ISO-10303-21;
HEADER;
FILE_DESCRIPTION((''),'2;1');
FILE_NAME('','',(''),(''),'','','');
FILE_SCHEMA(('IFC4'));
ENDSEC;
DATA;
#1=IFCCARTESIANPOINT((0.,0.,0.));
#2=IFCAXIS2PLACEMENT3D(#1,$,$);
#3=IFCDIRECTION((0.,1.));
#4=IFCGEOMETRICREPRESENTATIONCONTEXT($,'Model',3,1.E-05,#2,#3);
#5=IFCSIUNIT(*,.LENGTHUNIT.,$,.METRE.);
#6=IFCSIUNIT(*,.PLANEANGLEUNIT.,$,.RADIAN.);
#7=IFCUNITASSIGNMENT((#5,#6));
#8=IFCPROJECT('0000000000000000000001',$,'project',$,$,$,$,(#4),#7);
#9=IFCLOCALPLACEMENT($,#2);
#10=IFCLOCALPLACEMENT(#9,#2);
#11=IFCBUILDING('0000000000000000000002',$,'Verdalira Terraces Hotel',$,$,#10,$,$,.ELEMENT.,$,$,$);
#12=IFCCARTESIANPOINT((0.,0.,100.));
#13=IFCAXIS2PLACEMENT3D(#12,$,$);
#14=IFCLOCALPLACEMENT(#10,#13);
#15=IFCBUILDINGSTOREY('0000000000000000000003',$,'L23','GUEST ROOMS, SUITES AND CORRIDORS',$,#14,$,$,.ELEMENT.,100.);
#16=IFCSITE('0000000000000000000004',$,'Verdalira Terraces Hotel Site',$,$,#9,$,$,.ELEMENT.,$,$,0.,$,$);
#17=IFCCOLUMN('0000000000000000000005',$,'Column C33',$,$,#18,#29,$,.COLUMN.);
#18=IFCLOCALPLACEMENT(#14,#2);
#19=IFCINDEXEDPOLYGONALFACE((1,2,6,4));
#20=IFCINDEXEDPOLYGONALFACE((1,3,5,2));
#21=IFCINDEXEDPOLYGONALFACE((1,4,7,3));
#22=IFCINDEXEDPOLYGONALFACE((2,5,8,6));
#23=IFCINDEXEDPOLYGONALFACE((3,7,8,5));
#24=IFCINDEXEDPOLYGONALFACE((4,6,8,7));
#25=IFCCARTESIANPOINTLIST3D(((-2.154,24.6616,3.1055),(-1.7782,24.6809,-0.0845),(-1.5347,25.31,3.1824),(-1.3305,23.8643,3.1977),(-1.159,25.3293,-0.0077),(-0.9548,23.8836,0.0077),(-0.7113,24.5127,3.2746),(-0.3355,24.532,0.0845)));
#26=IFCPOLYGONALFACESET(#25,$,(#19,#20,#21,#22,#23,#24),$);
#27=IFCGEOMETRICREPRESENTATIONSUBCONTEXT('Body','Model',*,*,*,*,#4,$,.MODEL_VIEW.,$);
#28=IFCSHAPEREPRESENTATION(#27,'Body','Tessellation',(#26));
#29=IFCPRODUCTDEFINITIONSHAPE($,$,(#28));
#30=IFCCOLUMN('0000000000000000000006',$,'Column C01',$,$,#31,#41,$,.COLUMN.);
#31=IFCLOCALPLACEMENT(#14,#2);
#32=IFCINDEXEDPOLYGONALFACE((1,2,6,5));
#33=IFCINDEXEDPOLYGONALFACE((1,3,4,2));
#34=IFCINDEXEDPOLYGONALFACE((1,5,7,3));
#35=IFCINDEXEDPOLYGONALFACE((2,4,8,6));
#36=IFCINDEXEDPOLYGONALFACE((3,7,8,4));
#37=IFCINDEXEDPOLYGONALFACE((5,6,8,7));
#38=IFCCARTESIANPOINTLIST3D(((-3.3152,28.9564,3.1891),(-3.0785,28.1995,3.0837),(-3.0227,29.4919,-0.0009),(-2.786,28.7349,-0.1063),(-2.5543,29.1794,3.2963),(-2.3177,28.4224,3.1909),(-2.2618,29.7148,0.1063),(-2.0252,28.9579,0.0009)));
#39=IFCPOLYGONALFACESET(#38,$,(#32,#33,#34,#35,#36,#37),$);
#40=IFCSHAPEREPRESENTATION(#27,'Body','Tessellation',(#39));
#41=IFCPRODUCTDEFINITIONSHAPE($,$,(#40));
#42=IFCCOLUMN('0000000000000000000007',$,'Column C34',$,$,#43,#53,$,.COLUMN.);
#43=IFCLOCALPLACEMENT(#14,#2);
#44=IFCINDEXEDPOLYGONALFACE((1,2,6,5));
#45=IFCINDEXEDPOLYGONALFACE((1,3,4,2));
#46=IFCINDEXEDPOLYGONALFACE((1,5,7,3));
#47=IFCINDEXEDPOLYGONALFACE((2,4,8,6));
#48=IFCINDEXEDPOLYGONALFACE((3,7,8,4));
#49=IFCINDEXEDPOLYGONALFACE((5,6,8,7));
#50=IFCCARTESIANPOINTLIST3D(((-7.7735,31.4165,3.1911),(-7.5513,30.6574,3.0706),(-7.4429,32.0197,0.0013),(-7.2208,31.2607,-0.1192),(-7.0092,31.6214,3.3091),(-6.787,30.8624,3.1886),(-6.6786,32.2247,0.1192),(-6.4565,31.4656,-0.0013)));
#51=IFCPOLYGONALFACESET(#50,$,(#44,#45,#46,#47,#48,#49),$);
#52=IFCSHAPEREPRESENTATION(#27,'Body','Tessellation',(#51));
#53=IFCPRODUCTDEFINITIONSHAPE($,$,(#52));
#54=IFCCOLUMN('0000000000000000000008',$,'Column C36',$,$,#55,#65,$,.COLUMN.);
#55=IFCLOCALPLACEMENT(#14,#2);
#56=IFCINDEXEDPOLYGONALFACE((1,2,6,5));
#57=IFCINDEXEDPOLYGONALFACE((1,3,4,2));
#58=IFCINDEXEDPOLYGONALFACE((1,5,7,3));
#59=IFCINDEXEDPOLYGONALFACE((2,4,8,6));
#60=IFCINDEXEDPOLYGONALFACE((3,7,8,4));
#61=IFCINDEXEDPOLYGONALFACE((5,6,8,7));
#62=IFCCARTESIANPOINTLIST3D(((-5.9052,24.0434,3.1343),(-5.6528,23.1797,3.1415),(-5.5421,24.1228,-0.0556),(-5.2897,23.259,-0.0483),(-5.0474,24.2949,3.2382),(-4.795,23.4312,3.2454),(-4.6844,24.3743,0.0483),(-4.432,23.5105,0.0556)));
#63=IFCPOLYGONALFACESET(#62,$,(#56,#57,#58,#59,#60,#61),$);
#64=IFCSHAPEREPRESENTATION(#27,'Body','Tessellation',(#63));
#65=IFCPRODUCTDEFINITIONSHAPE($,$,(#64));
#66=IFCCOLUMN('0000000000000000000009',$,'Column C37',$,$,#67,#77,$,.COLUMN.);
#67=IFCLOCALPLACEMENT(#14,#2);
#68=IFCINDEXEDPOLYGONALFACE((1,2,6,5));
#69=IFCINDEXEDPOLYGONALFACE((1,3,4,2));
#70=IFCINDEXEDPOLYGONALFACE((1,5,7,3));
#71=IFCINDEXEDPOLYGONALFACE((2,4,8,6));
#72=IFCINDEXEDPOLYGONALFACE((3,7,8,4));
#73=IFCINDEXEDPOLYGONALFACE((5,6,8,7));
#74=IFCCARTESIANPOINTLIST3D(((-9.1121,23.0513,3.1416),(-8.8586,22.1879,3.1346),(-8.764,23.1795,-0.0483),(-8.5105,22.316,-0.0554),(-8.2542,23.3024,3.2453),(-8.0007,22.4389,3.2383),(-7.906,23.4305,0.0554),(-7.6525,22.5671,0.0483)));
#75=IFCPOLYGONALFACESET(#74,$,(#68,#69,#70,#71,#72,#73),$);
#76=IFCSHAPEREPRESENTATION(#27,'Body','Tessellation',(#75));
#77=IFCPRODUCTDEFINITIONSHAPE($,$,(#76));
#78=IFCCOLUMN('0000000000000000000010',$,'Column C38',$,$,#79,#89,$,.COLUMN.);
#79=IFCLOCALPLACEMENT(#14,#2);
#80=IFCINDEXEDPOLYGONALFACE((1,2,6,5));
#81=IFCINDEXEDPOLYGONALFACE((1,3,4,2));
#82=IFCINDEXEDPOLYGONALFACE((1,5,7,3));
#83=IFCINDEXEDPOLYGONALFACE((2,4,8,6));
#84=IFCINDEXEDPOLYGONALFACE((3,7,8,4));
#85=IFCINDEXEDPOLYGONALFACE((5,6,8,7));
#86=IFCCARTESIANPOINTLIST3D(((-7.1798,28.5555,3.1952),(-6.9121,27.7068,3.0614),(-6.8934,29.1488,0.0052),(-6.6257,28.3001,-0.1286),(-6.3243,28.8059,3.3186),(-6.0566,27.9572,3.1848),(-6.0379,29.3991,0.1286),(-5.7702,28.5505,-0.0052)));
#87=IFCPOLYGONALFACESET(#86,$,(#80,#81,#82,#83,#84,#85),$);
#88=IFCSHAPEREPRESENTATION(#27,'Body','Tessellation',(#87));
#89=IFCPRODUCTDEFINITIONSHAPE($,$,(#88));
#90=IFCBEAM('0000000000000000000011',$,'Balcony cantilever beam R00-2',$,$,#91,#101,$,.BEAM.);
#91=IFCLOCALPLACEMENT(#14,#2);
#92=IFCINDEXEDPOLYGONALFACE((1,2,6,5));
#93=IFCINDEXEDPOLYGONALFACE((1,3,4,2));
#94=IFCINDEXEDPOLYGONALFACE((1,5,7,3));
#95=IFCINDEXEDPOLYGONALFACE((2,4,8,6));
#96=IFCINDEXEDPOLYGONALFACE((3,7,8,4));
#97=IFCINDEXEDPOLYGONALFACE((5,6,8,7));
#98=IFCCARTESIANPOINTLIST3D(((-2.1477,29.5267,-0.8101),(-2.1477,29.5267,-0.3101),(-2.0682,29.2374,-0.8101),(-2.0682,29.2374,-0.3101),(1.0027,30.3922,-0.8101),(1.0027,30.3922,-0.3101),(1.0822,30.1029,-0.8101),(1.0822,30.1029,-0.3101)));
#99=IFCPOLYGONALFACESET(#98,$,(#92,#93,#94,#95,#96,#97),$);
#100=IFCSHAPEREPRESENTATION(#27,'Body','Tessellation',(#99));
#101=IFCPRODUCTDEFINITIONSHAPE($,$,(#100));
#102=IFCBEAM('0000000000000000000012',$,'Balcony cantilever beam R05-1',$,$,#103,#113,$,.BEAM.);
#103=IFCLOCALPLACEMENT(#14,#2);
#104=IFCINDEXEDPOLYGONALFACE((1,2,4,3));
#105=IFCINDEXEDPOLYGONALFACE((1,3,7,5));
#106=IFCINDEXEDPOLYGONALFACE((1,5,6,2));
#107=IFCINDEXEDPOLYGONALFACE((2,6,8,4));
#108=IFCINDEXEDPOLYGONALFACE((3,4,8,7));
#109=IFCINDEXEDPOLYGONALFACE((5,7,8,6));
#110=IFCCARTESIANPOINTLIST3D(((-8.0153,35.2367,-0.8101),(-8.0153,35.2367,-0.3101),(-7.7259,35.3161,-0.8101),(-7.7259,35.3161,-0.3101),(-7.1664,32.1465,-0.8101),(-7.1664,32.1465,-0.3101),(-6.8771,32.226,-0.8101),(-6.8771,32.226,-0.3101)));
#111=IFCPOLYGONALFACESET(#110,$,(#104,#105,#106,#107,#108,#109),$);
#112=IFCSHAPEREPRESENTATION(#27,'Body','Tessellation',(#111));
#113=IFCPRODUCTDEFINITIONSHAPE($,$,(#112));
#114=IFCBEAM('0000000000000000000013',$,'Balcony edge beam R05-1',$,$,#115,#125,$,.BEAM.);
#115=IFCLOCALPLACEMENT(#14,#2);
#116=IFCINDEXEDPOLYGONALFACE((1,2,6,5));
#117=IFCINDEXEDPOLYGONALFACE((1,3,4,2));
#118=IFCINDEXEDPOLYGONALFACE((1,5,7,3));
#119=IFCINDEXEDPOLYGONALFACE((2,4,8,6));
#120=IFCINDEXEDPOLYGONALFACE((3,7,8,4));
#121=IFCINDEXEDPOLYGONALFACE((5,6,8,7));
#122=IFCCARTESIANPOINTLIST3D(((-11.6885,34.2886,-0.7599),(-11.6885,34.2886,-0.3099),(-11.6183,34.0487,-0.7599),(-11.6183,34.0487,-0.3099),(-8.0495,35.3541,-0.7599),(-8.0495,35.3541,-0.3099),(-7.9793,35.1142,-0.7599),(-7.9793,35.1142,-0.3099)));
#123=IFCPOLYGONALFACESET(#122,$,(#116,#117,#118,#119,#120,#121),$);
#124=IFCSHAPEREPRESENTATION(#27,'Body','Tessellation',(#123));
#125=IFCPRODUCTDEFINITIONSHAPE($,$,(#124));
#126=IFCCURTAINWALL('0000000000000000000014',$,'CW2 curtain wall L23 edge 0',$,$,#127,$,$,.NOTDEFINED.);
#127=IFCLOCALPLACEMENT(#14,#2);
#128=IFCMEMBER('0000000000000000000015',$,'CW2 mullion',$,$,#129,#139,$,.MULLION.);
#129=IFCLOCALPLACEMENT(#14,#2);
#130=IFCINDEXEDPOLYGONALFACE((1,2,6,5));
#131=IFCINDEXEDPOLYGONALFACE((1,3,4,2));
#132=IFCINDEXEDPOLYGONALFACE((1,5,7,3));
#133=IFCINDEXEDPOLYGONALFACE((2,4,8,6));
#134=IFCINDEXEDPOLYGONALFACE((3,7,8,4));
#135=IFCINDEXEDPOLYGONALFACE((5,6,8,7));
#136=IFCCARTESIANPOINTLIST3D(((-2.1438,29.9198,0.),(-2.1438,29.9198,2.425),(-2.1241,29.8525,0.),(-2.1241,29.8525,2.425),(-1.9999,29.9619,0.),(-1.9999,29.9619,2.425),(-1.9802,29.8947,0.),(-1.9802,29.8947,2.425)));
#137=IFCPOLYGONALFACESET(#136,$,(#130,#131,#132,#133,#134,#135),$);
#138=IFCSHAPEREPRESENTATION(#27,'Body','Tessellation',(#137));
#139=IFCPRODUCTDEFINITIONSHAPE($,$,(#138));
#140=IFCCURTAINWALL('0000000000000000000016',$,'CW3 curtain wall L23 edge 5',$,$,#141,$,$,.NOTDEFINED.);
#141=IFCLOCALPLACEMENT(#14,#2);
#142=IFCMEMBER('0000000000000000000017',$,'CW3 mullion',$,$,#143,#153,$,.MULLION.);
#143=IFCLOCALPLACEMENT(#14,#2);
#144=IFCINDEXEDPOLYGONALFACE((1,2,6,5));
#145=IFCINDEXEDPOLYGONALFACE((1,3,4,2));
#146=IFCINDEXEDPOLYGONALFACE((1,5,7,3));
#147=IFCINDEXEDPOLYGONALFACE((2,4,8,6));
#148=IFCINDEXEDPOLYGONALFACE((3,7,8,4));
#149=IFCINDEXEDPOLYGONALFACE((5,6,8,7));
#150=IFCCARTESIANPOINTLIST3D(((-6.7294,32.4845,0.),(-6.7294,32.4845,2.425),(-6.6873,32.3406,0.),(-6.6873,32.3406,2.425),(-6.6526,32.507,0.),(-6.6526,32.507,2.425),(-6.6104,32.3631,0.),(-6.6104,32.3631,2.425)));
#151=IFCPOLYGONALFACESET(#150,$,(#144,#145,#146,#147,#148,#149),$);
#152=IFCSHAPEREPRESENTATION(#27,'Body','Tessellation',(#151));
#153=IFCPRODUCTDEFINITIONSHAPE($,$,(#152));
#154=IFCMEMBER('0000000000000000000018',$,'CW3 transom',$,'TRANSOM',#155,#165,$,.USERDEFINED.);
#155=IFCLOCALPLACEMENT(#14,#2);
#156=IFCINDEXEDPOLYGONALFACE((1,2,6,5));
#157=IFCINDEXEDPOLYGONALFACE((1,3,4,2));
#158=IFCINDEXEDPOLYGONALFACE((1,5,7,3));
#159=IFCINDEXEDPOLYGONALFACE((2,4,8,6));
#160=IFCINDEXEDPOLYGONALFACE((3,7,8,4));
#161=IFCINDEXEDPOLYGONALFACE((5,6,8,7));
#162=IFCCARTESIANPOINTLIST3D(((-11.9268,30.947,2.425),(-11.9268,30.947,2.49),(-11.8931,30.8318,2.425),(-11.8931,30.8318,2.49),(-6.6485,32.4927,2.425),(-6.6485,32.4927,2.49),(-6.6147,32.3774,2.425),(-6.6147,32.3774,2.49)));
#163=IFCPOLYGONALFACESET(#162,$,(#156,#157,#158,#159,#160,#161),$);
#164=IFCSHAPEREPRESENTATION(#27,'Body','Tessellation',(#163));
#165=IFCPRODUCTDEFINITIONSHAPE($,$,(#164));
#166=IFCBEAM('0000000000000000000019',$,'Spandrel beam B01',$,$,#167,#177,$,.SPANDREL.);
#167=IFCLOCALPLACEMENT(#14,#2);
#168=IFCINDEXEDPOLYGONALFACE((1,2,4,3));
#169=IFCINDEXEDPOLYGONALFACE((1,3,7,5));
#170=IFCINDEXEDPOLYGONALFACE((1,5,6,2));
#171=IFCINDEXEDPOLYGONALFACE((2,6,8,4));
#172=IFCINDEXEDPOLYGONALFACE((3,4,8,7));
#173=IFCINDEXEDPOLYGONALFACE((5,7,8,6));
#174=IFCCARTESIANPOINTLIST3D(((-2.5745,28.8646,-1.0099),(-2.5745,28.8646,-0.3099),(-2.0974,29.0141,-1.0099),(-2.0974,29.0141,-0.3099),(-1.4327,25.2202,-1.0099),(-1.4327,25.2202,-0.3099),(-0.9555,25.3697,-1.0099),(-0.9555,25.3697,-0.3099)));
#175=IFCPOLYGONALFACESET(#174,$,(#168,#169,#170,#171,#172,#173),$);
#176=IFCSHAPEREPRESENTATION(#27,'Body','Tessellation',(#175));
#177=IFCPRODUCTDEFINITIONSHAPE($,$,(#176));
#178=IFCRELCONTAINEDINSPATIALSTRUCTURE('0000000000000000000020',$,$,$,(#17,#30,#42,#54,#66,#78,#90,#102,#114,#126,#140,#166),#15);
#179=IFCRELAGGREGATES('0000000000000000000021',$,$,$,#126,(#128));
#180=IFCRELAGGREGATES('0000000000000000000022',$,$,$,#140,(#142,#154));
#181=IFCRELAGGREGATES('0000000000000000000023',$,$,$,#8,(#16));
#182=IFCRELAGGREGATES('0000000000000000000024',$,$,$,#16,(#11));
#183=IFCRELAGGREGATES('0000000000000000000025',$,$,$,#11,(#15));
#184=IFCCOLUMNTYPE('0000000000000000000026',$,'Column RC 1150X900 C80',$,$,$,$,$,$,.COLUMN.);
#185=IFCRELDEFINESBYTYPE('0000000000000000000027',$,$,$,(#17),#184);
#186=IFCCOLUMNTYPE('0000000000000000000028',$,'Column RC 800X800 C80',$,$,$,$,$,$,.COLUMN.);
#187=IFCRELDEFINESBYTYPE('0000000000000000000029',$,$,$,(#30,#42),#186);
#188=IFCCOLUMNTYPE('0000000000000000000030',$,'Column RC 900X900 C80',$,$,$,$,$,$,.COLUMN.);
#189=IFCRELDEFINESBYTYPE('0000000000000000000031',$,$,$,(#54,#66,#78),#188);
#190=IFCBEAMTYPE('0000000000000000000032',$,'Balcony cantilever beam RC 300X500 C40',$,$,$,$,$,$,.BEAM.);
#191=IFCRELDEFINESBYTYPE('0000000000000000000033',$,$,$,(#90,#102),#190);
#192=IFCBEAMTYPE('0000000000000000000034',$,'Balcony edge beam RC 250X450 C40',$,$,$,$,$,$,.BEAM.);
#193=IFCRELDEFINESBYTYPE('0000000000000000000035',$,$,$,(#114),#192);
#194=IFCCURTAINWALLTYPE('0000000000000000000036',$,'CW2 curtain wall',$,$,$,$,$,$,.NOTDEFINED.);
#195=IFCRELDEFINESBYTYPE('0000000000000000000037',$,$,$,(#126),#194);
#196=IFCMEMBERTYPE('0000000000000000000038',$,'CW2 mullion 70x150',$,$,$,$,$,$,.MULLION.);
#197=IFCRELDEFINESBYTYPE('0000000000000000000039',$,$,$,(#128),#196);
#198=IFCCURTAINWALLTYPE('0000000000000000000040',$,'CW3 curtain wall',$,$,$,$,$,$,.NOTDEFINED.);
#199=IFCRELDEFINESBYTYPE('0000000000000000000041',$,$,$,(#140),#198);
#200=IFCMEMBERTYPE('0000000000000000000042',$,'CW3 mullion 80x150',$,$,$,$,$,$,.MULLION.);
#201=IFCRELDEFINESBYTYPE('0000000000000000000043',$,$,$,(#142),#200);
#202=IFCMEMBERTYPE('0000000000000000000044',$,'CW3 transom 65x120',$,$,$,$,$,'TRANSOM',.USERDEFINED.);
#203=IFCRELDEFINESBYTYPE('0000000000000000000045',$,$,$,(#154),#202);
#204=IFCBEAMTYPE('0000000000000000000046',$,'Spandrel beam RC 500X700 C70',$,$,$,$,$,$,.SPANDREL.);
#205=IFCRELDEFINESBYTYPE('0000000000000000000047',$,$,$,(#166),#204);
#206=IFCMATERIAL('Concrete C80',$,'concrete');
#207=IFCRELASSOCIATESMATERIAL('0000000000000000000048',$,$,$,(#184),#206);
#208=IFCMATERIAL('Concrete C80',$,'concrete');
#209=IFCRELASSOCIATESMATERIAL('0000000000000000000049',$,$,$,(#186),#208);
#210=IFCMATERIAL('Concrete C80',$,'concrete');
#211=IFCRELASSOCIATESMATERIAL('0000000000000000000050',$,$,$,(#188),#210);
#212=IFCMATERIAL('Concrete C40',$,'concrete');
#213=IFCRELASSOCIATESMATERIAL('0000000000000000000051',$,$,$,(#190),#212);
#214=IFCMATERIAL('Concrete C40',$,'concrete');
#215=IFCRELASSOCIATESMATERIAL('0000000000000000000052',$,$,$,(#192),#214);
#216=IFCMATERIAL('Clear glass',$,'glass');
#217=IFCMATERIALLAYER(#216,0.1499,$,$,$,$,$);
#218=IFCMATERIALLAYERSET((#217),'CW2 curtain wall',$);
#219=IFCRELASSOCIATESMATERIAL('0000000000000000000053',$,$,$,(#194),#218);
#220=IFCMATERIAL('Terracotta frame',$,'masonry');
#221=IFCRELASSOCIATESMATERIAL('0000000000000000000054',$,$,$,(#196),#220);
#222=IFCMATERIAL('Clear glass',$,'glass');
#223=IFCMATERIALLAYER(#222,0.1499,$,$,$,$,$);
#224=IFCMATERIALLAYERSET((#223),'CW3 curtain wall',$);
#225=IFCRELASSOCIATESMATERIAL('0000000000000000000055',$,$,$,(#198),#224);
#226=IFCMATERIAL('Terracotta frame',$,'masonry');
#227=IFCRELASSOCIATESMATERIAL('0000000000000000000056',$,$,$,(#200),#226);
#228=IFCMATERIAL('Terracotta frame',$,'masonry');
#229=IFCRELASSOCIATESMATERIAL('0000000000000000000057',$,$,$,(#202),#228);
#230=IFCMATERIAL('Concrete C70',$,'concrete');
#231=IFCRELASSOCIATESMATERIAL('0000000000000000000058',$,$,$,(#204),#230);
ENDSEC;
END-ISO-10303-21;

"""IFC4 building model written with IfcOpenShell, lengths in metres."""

from ifc_helpers import new_model, si_unit, direction, frame, origin, origin_2d, place, context, subcontext, project, spatial, rectangle, extrude, material, layer, layer_set, material_profile, profile_set, type_object, element, aggregate, save


model = new_model("IFC4")

# Units and contexts
model_context = context("Model", 3, precision=1e-05, world=origin(), true_north=direction((0.0, 1.0)))
body_context = subcontext(model_context, "Body", "Model", "MODEL_VIEW")
ifc_project = project(units=[si_unit("LENGTHUNIT", "METRE"), si_unit("PLANEANGLEUNIT", "RADIAN")], contexts=[model_context])

# Site, building, storey
site_placement = place(None, origin())
site = spatial("IfcSite", under=ifc_project, at=site_placement, Name="Verdalira Terraces Hotel Site", CompositionType="ELEMENT", RefElevation=0.0)
building_placement = place(site_placement, origin())
building = spatial("IfcBuilding", under=site, at=building_placement, Name="Verdalira Terraces Hotel", CompositionType="ELEMENT")
storey_placement = place(building_placement, frame((0.0, 0.0, 100.0)))
storey = spatial("IfcBuildingStorey", under=building, at=storey_placement, Name="L23", Description="GUEST ROOMS, SUITES AND CORRIDORS", CompositionType="ELEMENT", Elevation=100.0)

# Columns
ifc_material_1 = material(Name="Concrete C80", Category="concrete")
ifc_material_profile_1 = material_profile(ifc_material_1, rectangle(XDim=1.1499, YDim=0.8999, at=origin_2d()), Name="RC 1150X900")
ifc_profile_set_1 = profile_set([ifc_material_profile_1], Name="Concrete C80")
column_type_1 = type_object("IfcColumnType", Name="Column RC 1150X900 C80", PredefinedType="COLUMN", material=ifc_profile_set_1)
column_1_placement = place(storey_placement, frame((-1.0569, 24.6064, 0.0), z_axis=(-0.116976, -0.006005, 0.993117), x_axis=(0.716106, -0.693374, 0.080155)))
element("IfcColumn", 1, at=column_1_placement, inside=storey, type_object=column_type_1, Name="Column C33", PredefinedType="COLUMN", context=body_context, shape_type="SweptSolid", body=[
    extrude(rectangle(XDim=1.1499, YDim=0.8999, at=origin_2d()), origin(), (0.0, 0.0, 1.0), 3.2122),
])
ifc_material_2 = material(Name="Concrete C80", Category="concrete")
ifc_material_profile_2 = material_profile(ifc_material_2, rectangle(XDim=0.8, YDim=0.8, at=origin_2d()), Name="RC 800X800")
ifc_profile_set_2 = profile_set([ifc_material_profile_2], Name="Concrete C80")
column_type_2 = type_object("IfcColumnType", Name="Column RC 800X800 C80", PredefinedType="COLUMN", material=ifc_profile_set_2)
column_2_placement = place(storey_placement, frame((-2.5239, 29.2249, 0.0), z_axis=(-0.090056, -0.164852, 0.982198), x_axis=(-0.295793, 0.946133, 0.131678)))
element("IfcColumn", 2, at=column_2_placement, inside=storey, type_object=column_type_2, Name="Column C01", PredefinedType="COLUMN", context=body_context, shape_type="SweptSolid", body=[
    extrude(rectangle(XDim=0.8, YDim=0.8, at=origin_2d()), origin(), (0.0, 0.0, 1.0), 3.2478),
])
column_3_placement = place(storey_placement, frame((-6.9497, 31.7427, 0.0), z_axis=(-0.101299, -0.184867, 0.977529), x_axis=(-0.95531, -0.256204, -0.147449)))
element("IfcColumn", 3, at=column_3_placement, inside=storey, type_object=column_type_2, Name="Column C34", PredefinedType="COLUMN", context=body_context, shape_type="SweptSolid", body=[
    extrude(rectangle(XDim=0.8, YDim=0.8, at=origin_2d()), origin(), (0.0, 0.0, 1.0), 3.2632),
])
ifc_material_3 = material(Name="Concrete C80", Category="concrete")
ifc_material_profile_3 = material_profile(ifc_material_3, rectangle(XDim=0.8999, YDim=0.8999, at=origin_2d()), Name="RC 900X900")
ifc_profile_set_3 = profile_set([ifc_material_profile_3], Name="Concrete C80")
column_type_3 = type_object("IfcColumnType", Name="Column RC 900X900 C80", PredefinedType="COLUMN", material=ifc_profile_set_3)
for number, where, z_axis, x_axis, name in (
    (4, (-4.9871, 23.8166, 0.0), (-0.113042, -0.024707, 0.993283), (-0.280469, 0.959829, -0.008045), "Column C36"),
    (5, (-8.2083, 22.8733, 0.0), (-0.108408, -0.039912, 0.993305), (-0.281715, 0.959466, 0.007806), "Column C37"),
):
    element("IfcColumn", number, at=place(storey_placement, frame(where, z_axis=z_axis, x_axis=x_axis)), inside=storey, type_object=column_type_3, Name=name, PredefinedType="COLUMN", context=body_context, shape_type="SweptSolid", body=[
        extrude(rectangle(XDim=0.8999, YDim=0.8999, at=origin_2d()), origin(), (0.0, 0.0, 1.0), 3.2114),
    ])
column_4_placement = place(storey_placement, frame((-6.3318, 28.8496, 0.0), z_axis=(-0.08792, -0.182136, 0.979335), x_axis=(-0.297463, 0.943084, 0.148689)))
element("IfcColumn", 6, at=column_4_placement, inside=storey, type_object=column_type_3, Name="Column C38", PredefinedType="COLUMN", context=body_context, shape_type="SweptSolid", body=[
    extrude(rectangle(XDim=0.8999, YDim=0.8999, at=origin_2d()), origin(), (0.0, 0.0, 1.0), 3.2573),
])

# Beams
ifc_material_4 = material(Name="Concrete C40", Category="concrete")
ifc_material_profile_4 = material_profile(ifc_material_4, rectangle(XDim=0.3, YDim=0.5, at=origin_2d()), Name="RC 300X500")
ifc_profile_set_4 = profile_set([ifc_material_profile_4], Name="Concrete C40")
beam_type_1 = type_object("IfcBeamType", Name="Balcony cantilever beam RC 300X500 C40", PredefinedType="BEAM", material=ifc_profile_set_4)
beam_1_placement = place(storey_placement, frame((-2.1079, 29.3821, -0.5601), z_axis=(0.964274, 0.264906, 0.0), x_axis=(-0.264906, 0.964274, 0.0)))
element("IfcBeam", 7, at=beam_1_placement, inside=storey, type_object=beam_type_1, Name="Balcony cantilever beam R00-2", PredefinedType="BEAM", context=body_context, shape_type="SweptSolid", body=[
    extrude(rectangle(XDim=0.3, YDim=0.5, at=origin_2d()), origin(), (0.0, 0.0, 1.0), 3.2671),
])
beam_2_placement = place(storey_placement, frame((-7.0217, 32.1863, -0.5601), z_axis=(-0.264896, 0.964277, 0.0), x_axis=(-0.964277, -0.264896, 0.0)))
element("IfcBeam", 8, at=beam_2_placement, inside=storey, type_object=beam_type_1, Name="Balcony cantilever beam R05-1", PredefinedType="BEAM", context=body_context, shape_type="SweptSolid", body=[
    extrude(rectangle(XDim=0.3, YDim=0.5, at=origin_2d()), origin(), (0.0, 0.0, 1.0), 3.2046),
])
ifc_material_5 = material(Name="Concrete C40", Category="concrete")
ifc_material_profile_5 = material_profile(ifc_material_5, rectangle(XDim=0.25, YDim=0.45, at=origin_2d()), Name="RC 250X450")
ifc_profile_set_5 = profile_set([ifc_material_profile_5], Name="Concrete C40")
beam_type_2 = type_object("IfcBeamType", Name="Balcony edge beam RC 250X450 C40", PredefinedType="BEAM", material=ifc_profile_set_5)
beam_3_placement = place(storey_placement, frame((-8.0144, 35.2341, -0.5349), z_axis=(-0.95971, -0.280991, 0.0), x_axis=(0.280991, -0.95971, 0.0)))
element("IfcBeam", 9, at=beam_3_placement, inside=storey, type_object=beam_type_2, Name="Balcony edge beam R05-1", PredefinedType="BEAM", context=body_context, shape_type="SweptSolid", body=[
    extrude(rectangle(XDim=0.25, YDim=0.45, at=origin_2d()), origin(), (0.0, 0.0, 1.0), 3.7917),
])

# Curtain wall, member
ifc_material_6 = material(Name="Clear glass", Category="glass")
ifc_layer_1 = layer(ifc_material_6, 0.1499)
ifc_layer_set_1 = layer_set([ifc_layer_1], Name="CW2 curtain wall")
curtain_wall_type_1 = type_object("IfcCurtainWallType", Name="CW2 curtain wall", PredefinedType="NOTDEFINED", material=ifc_layer_set_1)
curtain_wall_1_placement = place(storey_placement, origin())
curtain_wall_1 = element("IfcCurtainWall", 10, at=curtain_wall_1_placement, inside=storey, type_object=curtain_wall_type_1, Name="CW2 curtain wall L23 edge 0", PredefinedType="NOTDEFINED")
ifc_material_7 = material(Name="Terracotta frame", Category="masonry")
ifc_material_profile_6 = material_profile(ifc_material_7, rectangle(XDim=0.0701, YDim=0.1499, at=origin_2d()), Name="MU 70x150")
ifc_profile_set_6 = profile_set([ifc_material_profile_6], Name="Terracotta frame")
member_type_1 = type_object("IfcMemberType", Name="CW2 mullion 70x150", PredefinedType="MULLION", material=ifc_profile_set_6)
member_1_placement = place(storey_placement, frame((-2.062, 29.9072, 0.0), z_axis=(0.0, 0.0, 1.0), x_axis=(-0.281002, 0.959707, 0.0)))
member_1 = element("IfcMember", 11, at=member_1_placement, type_object=member_type_1, Name="CW2 mullion", PredefinedType="MULLION", context=body_context, shape_type="SweptSolid", body=[
    extrude(rectangle(XDim=0.0701, YDim=0.1499, at=origin_2d()), origin(), (0.0, 0.0, 1.0), 2.425),
])

# Curtain wall, members
ifc_material_8 = material(Name="Clear glass", Category="glass")
ifc_layer_2 = layer(ifc_material_8, 0.1499)
ifc_layer_set_2 = layer_set([ifc_layer_2], Name="CW3 curtain wall")
curtain_wall_type_2 = type_object("IfcCurtainWallType", Name="CW3 curtain wall", PredefinedType="NOTDEFINED", material=ifc_layer_set_2)
curtain_wall_2_placement = place(storey_placement, origin())
curtain_wall_2 = element("IfcCurtainWall", 12, at=curtain_wall_2_placement, inside=storey, type_object=curtain_wall_type_2, Name="CW3 curtain wall L23 edge 5", PredefinedType="NOTDEFINED")
ifc_material_9 = material(Name="Terracotta frame", Category="masonry")
ifc_material_profile_7 = material_profile(ifc_material_9, rectangle(XDim=0.0801, YDim=0.1499, at=origin_2d()), Name="MU 80x150")
ifc_profile_set_7 = profile_set([ifc_material_profile_7], Name="Terracotta frame")
member_type_2 = type_object("IfcMemberType", Name="CW3 mullion 80x150", PredefinedType="MULLION", material=ifc_profile_set_7)
member_2_placement = place(storey_placement, frame((-6.6699, 32.4238, 0.0), z_axis=(0.0, 0.0, 1.0), x_axis=(-0.959707, -0.281002, 0.0)))
member_2 = element("IfcMember", 13, at=member_2_placement, type_object=member_type_2, Name="CW3 mullion", PredefinedType="MULLION", context=body_context, shape_type="SweptSolid", body=[
    extrude(rectangle(XDim=0.0801, YDim=0.1499, at=origin_2d()), origin(), (0.0, 0.0, 1.0), 2.425),
])
ifc_material_10 = material(Name="Terracotta frame", Category="masonry")
ifc_material_profile_8 = material_profile(ifc_material_10, rectangle(XDim=0.1201, YDim=0.0649, at=origin_2d()), Name="TR 65x120")
ifc_profile_set_8 = profile_set([ifc_material_profile_8], Name="Terracotta frame")
member_type_3 = type_object("IfcMemberType", Name="CW3 transom 65x120", ElementType="TRANSOM", PredefinedType="USERDEFINED", material=ifc_profile_set_8)
member_3_placement = place(storey_placement, frame((-6.6316, 32.4351, 2.4575), z_axis=(-0.959699, -0.281029, 0.0), x_axis=(0.281029, -0.959699, 0.0)))
member_3 = element("IfcMember", 14, at=member_3_placement, type_object=member_type_3, Name="CW3 transom", ObjectType="TRANSOM", PredefinedType="USERDEFINED", context=body_context, shape_type="SweptSolid", body=[
    extrude(rectangle(XDim=0.1201, YDim=0.0649, at=origin_2d()), origin(), (0.0, 0.0, 1.0), 5.5),
])

# Beam
ifc_material_11 = material(Name="Concrete C70", Category="concrete")
ifc_material_profile_9 = material_profile(ifc_material_11, rectangle(XDim=0.5, YDim=0.7, at=origin_2d()), Name="RC 500X700")
ifc_profile_set_9 = profile_set([ifc_material_profile_9], Name="Concrete C70")
beam_type_3 = type_object("IfcBeamType", Name="Spandrel beam RC 500X700 C70", PredefinedType="SPANDREL", material=ifc_profile_set_9)
beam_4_placement = place(storey_placement, frame((-1.1941, 25.2949, -0.6599), z_axis=(-0.298992, 0.954256, 0.0), x_axis=(-0.954256, -0.298992, 0.0)))
element("IfcBeam", 15, at=beam_4_placement, inside=storey, type_object=beam_type_3, Name="Spandrel beam B01", PredefinedType="SPANDREL", context=body_context, shape_type="SweptSolid", body=[
    extrude(rectangle(XDim=0.5, YDim=0.7, at=origin_2d()), origin(), (0.0, 0.0, 1.0), 3.8191),
])

aggregate(curtain_wall_1, [member_1])
aggregate(curtain_wall_2, [member_2, member_3])

save(model, "model.ifc")
